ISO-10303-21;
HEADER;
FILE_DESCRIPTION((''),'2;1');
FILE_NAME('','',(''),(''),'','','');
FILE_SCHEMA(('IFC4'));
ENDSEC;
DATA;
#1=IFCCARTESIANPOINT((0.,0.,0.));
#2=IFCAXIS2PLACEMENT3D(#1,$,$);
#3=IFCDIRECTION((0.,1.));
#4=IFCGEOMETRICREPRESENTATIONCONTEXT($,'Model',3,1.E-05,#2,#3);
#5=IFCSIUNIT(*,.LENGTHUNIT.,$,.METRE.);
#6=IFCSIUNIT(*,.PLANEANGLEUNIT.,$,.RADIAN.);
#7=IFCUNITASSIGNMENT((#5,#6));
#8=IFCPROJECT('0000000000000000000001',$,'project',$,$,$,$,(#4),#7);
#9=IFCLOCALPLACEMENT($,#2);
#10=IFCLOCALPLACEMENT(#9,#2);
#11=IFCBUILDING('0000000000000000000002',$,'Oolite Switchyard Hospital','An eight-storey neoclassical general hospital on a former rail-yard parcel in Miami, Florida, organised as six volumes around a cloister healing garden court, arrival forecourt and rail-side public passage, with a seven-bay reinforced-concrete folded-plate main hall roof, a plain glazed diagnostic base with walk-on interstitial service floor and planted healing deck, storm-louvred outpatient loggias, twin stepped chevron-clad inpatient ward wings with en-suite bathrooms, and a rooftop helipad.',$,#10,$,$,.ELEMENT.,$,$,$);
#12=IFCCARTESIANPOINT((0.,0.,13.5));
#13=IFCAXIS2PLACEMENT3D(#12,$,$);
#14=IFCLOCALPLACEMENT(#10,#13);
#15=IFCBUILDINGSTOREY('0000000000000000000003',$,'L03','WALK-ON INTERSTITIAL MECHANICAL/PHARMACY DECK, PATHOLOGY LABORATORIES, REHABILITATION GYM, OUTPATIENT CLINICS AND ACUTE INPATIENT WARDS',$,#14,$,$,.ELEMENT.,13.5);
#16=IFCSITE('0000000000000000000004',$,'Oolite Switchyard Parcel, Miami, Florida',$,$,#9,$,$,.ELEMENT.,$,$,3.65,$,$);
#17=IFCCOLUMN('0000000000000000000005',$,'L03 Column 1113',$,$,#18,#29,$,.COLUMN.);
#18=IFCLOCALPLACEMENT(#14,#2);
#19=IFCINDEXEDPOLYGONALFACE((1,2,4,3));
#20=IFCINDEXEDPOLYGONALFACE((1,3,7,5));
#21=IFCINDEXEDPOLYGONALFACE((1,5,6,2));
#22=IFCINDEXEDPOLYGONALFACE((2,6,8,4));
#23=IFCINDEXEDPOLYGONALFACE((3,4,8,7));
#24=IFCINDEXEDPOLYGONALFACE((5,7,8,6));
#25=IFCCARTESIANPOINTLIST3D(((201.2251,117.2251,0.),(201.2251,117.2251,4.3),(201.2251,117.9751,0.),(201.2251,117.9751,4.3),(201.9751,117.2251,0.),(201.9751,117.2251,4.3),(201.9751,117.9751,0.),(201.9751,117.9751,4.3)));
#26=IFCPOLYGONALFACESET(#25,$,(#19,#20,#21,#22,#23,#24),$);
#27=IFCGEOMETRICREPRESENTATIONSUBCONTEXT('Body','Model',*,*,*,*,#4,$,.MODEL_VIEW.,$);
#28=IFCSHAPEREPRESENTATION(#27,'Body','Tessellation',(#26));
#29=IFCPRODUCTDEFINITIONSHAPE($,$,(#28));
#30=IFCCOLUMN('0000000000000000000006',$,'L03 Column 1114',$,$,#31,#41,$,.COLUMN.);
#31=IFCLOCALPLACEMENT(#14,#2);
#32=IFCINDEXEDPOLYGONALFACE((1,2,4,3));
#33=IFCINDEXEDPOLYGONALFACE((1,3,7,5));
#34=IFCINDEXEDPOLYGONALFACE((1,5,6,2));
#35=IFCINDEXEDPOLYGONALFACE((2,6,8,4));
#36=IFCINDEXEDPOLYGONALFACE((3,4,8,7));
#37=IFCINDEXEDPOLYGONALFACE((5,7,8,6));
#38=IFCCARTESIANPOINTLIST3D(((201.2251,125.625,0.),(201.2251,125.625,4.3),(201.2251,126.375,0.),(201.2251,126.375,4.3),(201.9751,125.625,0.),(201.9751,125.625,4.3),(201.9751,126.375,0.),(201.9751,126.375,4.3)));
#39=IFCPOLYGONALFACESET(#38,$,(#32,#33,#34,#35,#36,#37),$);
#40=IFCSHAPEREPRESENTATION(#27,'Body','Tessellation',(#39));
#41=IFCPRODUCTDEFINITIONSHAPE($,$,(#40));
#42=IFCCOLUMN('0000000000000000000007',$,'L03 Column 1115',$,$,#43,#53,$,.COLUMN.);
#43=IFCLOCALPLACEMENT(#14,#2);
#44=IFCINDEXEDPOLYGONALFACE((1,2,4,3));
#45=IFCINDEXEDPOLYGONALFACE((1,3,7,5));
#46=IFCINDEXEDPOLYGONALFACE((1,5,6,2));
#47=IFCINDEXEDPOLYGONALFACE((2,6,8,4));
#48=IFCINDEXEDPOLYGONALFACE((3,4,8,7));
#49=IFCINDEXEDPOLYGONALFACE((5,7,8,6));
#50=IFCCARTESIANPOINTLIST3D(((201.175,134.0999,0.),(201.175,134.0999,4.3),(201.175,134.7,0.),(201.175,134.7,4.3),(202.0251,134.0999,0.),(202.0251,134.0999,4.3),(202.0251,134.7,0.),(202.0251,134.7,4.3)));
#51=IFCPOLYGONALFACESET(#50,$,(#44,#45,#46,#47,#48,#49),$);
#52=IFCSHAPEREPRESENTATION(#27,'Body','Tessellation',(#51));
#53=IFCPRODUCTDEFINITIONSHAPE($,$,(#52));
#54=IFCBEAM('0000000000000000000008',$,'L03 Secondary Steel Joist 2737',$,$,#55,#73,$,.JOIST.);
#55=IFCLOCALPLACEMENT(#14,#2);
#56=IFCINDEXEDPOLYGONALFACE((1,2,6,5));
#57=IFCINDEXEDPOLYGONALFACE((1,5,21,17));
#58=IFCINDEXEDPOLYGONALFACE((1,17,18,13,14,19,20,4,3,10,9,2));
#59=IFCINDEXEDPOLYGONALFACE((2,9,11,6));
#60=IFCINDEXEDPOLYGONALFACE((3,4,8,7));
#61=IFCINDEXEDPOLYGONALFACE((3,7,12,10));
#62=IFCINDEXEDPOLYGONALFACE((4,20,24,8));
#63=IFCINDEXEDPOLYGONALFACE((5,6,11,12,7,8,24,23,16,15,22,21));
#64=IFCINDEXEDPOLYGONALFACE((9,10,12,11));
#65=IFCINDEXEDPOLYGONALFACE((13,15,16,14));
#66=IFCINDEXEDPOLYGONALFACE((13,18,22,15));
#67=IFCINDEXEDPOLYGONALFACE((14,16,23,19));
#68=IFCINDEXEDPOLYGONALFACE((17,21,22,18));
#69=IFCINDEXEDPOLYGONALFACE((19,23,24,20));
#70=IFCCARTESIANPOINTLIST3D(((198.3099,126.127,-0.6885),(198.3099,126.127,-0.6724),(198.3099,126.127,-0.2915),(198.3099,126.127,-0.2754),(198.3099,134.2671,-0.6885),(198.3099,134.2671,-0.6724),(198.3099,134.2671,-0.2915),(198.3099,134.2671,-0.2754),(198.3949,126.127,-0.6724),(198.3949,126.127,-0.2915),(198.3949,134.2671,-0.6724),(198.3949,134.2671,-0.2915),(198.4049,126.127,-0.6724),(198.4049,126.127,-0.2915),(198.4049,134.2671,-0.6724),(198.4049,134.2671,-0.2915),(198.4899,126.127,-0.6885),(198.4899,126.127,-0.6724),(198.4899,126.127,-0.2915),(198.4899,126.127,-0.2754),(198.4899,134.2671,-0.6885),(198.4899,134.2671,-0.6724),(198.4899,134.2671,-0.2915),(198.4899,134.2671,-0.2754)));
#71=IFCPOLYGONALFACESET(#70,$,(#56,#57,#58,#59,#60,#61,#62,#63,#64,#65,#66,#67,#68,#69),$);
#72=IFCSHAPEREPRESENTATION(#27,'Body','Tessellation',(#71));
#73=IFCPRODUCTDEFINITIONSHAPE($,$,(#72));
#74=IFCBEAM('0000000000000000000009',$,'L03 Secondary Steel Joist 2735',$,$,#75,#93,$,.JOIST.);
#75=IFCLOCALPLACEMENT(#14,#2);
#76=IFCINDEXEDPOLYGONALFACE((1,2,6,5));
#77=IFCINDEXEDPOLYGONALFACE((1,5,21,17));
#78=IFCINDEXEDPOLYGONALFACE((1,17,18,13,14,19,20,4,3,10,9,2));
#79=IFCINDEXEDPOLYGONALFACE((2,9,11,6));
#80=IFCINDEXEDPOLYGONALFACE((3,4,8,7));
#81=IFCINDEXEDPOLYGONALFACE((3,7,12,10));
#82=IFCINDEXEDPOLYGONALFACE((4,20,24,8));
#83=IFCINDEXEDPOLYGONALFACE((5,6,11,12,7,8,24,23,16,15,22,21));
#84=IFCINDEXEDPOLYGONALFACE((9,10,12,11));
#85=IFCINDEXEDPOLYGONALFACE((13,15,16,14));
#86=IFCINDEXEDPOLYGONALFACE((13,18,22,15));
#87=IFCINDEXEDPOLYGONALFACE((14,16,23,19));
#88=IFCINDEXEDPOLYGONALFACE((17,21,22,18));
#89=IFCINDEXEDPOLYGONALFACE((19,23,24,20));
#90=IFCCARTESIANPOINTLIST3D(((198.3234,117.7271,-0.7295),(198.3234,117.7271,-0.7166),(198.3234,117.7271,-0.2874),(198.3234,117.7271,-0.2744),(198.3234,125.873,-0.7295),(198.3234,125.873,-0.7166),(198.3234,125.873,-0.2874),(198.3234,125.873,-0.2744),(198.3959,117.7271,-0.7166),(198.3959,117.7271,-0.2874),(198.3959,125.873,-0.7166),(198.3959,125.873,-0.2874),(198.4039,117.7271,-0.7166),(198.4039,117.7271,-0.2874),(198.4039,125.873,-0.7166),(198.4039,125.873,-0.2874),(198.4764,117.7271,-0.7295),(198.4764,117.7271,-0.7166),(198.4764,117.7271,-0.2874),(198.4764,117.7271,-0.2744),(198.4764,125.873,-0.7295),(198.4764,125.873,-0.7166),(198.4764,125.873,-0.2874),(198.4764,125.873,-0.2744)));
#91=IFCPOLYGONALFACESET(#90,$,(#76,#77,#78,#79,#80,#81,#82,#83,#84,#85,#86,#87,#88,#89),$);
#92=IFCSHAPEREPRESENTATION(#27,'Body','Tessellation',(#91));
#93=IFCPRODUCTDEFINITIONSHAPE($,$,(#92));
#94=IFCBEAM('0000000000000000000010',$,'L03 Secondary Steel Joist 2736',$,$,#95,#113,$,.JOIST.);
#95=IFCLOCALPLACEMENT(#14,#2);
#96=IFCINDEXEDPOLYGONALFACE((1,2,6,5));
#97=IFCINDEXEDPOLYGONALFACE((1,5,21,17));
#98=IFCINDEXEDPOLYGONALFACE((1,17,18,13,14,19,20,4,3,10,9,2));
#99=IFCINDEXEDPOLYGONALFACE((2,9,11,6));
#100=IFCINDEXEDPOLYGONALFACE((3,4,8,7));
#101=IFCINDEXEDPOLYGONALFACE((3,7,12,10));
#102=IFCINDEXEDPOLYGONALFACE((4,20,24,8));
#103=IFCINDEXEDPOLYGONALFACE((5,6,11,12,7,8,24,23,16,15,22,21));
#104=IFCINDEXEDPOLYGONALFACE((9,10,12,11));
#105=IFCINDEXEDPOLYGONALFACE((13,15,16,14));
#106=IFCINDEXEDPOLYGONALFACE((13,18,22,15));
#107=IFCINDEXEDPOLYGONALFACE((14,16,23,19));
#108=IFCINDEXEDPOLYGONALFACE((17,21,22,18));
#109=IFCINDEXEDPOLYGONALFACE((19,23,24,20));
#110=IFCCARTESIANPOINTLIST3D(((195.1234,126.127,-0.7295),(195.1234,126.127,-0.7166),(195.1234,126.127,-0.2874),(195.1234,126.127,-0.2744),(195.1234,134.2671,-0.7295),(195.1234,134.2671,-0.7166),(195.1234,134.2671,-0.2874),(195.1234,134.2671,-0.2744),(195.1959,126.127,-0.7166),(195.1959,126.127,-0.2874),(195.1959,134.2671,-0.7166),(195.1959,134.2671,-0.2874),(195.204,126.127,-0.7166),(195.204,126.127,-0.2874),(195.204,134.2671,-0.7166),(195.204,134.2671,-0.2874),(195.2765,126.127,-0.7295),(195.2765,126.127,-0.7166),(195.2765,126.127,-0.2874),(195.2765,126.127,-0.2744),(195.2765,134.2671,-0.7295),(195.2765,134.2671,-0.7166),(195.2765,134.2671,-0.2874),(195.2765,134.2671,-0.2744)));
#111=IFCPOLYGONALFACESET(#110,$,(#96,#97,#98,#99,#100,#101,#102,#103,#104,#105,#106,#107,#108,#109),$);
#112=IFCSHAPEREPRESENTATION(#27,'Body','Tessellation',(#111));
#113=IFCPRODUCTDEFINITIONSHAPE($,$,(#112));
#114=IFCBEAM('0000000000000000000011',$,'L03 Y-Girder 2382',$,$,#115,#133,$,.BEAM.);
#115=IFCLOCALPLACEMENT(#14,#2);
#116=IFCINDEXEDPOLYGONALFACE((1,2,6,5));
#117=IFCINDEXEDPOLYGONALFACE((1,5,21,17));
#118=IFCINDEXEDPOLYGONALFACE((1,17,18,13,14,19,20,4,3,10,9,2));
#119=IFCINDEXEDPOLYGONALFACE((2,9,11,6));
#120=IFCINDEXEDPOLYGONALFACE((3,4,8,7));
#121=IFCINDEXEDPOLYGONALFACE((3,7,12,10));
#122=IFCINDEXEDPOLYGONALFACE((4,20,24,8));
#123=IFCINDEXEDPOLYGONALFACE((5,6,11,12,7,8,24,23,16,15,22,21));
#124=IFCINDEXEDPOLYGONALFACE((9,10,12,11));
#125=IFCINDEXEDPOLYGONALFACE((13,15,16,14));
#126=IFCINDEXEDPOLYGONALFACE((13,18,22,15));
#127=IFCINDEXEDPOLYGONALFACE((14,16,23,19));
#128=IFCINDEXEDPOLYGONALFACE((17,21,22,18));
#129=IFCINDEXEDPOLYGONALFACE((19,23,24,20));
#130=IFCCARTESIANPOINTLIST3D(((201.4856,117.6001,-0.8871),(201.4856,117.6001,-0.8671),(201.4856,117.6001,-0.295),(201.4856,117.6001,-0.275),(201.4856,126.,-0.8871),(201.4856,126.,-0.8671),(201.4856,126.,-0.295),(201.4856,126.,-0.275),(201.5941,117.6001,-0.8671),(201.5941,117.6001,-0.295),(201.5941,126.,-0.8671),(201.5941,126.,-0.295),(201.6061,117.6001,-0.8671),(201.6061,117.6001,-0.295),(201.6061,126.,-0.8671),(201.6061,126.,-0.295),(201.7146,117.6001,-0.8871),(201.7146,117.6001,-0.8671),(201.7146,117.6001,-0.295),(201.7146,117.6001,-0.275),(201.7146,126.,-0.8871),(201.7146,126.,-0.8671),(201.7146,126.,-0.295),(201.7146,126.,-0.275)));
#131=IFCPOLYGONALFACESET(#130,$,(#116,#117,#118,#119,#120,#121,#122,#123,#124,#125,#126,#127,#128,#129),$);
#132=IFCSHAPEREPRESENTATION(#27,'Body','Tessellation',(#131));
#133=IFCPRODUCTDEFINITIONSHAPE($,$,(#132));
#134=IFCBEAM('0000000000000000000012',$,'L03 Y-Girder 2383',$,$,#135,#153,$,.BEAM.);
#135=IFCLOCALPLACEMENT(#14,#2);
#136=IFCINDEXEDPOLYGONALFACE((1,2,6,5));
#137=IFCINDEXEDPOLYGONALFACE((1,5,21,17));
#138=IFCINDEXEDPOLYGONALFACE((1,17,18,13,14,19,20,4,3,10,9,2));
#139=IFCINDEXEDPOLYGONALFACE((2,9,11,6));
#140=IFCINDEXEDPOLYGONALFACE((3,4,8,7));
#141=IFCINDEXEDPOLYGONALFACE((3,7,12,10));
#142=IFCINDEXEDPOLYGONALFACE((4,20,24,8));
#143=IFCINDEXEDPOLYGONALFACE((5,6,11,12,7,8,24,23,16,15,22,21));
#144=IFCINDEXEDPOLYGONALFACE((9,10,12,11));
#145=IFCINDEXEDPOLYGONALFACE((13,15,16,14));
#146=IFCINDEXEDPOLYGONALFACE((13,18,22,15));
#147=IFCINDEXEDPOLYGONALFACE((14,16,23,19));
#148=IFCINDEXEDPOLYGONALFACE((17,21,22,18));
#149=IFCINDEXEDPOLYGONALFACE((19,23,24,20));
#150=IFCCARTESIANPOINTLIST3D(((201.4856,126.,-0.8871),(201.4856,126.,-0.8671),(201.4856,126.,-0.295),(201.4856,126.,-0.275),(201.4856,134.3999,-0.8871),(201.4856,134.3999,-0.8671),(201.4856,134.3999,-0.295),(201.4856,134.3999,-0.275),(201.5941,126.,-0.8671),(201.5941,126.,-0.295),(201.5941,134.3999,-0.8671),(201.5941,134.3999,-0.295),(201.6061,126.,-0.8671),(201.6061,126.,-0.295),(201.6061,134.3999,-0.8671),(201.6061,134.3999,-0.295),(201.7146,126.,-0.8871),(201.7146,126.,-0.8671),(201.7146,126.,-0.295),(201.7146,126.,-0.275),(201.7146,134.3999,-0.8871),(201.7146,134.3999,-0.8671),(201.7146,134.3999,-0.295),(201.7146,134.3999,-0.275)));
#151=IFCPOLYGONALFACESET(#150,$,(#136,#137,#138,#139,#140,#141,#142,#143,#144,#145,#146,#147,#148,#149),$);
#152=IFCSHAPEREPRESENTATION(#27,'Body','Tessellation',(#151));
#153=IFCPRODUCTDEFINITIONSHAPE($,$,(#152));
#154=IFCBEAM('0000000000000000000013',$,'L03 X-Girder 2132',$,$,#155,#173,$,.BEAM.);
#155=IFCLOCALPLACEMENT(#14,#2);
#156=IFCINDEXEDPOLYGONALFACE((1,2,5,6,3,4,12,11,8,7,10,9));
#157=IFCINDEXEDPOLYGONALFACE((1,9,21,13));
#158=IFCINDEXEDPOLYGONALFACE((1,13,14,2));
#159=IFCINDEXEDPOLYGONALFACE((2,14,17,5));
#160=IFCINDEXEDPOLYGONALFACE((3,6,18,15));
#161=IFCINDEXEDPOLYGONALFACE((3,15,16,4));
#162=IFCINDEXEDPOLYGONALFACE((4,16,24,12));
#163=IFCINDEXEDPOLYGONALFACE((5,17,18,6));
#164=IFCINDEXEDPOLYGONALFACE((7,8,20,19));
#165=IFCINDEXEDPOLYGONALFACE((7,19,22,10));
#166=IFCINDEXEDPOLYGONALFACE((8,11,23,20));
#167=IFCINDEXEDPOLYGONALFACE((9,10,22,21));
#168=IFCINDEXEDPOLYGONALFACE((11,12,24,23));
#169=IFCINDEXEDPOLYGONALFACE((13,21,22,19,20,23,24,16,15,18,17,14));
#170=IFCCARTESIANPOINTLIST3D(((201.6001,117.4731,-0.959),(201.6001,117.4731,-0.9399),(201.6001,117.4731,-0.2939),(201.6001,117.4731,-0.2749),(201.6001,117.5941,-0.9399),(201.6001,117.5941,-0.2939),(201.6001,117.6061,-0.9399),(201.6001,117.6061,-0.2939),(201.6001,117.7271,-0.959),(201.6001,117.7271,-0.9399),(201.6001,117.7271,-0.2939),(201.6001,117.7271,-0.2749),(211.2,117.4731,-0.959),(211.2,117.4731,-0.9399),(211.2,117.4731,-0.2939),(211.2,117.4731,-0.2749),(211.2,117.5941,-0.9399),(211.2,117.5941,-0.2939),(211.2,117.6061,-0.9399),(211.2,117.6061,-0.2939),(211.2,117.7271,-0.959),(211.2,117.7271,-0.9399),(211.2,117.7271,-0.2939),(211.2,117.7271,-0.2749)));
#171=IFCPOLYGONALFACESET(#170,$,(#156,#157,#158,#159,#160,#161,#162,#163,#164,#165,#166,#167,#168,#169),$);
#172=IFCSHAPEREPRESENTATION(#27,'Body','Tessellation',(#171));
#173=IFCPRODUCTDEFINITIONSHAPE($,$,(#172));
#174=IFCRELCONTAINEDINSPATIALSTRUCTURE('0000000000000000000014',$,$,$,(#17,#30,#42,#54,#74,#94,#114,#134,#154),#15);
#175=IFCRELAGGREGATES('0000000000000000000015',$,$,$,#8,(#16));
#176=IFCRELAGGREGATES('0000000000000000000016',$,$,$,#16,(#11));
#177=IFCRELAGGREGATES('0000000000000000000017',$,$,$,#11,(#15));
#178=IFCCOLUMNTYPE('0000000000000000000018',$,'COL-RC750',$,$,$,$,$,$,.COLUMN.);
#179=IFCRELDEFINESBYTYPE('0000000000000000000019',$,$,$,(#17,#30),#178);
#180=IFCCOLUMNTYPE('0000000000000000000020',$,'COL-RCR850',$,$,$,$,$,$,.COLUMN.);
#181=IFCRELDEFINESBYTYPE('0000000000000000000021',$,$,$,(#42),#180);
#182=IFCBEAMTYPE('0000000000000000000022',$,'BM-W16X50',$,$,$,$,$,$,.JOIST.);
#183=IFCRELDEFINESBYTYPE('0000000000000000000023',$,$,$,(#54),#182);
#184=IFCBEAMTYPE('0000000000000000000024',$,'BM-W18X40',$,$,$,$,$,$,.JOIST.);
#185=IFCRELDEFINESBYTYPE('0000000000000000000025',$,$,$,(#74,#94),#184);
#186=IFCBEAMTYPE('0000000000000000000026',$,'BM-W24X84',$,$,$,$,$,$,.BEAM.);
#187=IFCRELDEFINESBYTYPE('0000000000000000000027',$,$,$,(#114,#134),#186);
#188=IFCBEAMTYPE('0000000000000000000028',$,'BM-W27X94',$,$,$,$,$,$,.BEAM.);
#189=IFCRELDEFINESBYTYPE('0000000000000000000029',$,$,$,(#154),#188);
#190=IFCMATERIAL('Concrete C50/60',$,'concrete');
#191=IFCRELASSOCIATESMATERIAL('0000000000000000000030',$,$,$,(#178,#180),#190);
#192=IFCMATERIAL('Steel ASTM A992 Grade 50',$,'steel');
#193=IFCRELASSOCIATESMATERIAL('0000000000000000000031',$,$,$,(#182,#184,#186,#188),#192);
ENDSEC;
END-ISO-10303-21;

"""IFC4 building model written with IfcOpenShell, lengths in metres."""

from ifc_helpers import new_model, si_unit, direction, frame, origin, origin_2d, place, context, subcontext, project, spatial, rectangle, i_section, extrude, material, material_profile, profile_set, type_object, element, save


model = new_model("IFC4")

# Units and contexts
model_context = context("Model", 3, precision=1e-05, world=origin(), true_north=direction((0.0, 1.0)))
body_context = subcontext(model_context, "Body", "Model", "MODEL_VIEW")
ifc_project = project(units=[si_unit("LENGTHUNIT", "METRE"), si_unit("PLANEANGLEUNIT", "RADIAN")], contexts=[model_context])

# Site, building, storey
site_placement = place(None, origin())
site = spatial("IfcSite", under=ifc_project, at=site_placement, Name="Oolite Switchyard Parcel, Miami, Florida", CompositionType="ELEMENT", RefElevation=3.65)
building_placement = place(site_placement, origin())
building = spatial("IfcBuilding", under=site, at=building_placement, Name="Oolite Switchyard Hospital", Description="An eight-storey neoclassical general hospital on a former rail-yard parcel in Miami, Florida, organised as six volumes around a cloister healing garden court, arrival forecourt and rail-side public passage, with a seven-bay reinforced-concrete folded-plate main hall roof, a plain glazed diagnostic base with walk-on interstitial service floor and planted healing deck, storm-louvred outpatient loggias, twin stepped chevron-clad inpatient ward wings with en-suite bathrooms, and a rooftop helipad.", CompositionType="ELEMENT")
storey_placement = place(building_placement, frame((0.0, 0.0, 13.5)))
storey = spatial("IfcBuildingStorey", under=building, at=storey_placement, Name="L03", Description="WALK-ON INTERSTITIAL MECHANICAL/PHARMACY DECK, PATHOLOGY LABORATORIES, REHABILITATION GYM, OUTPATIENT CLINICS AND ACUTE INPATIENT WARDS", CompositionType="ELEMENT", Elevation=13.5)

# Columns
ifc_material_1 = material(Name="Concrete C50/60", Category="concrete")
ifc_material_profile_1 = material_profile(ifc_material_1, rectangle(XDim=0.75, YDim=0.75, at=origin_2d()), Name="RC750X750")
ifc_profile_set_1 = profile_set([ifc_material_profile_1], Name="Concrete C50/60")
column_type_1 = type_object("IfcColumnType", Name="COL-RC750", PredefinedType="COLUMN", material=ifc_profile_set_1)
for number, where, z_axis, x_axis, name in (
    (1, (201.6001, 117.6001, 0.0), (0.0, 0.0, 1.0), (1.0, 0.0, 0.0), "L03 Column 1113"),
    (2, (201.6001, 126.0, 0.0), (0.0, 0.0, 1.0), (1.0, 0.0, 0.0), "L03 Column 1114"),
):
    element("IfcColumn", number, at=place(storey_placement, frame(where, z_axis=z_axis, x_axis=x_axis)), inside=storey, type_object=column_type_1, Name=name, PredefinedType="COLUMN", context=body_context, shape_type="SweptSolid", body=[
        extrude(rectangle(XDim=0.75, YDim=0.75, at=origin_2d()), origin(), (0.0, 0.0, 1.0), 4.3),
    ])
ifc_material_profile_2 = material_profile(ifc_material_1, rectangle(XDim=0.8501, YDim=0.6001, at=origin_2d()), Name="RC850X600")
ifc_profile_set_2 = profile_set([ifc_material_profile_2], Name="Concrete C50/60")
column_type_2 = type_object("IfcColumnType", Name="COL-RCR850", PredefinedType="COLUMN", material=ifc_profile_set_2)
column_placement = place(storey_placement, frame((201.6001, 134.3999, 0.0), z_axis=(0.0, 0.0, 1.0), x_axis=(1.0, 0.0, 0.0)))
element("IfcColumn", 3, at=column_placement, inside=storey, type_object=column_type_2, Name="L03 Column 1115", PredefinedType="COLUMN", context=body_context, shape_type="SweptSolid", body=[
    extrude(rectangle(XDim=0.8501, YDim=0.6001, at=origin_2d()), origin(), (0.0, 0.0, 1.0), 4.3),
])

# Beams
ifc_material_2 = material(Name="Steel ASTM A992 Grade 50", Category="steel")
ifc_material_profile_3 = material_profile(ifc_material_2, i_section(OverallWidth=0.1799, OverallDepth=0.4131, WebThickness=0.01, FlangeThickness=0.0161, at=origin_2d()), Name="W16X50")
ifc_profile_set_3 = profile_set([ifc_material_profile_3], Name="Steel ASTM A992 Grade 50")
beam_type_1 = type_object("IfcBeamType", Name="BM-W16X50", PredefinedType="JOIST", material=ifc_profile_set_3)
beam_1_placement = place(storey_placement, frame((198.3999, 126.127, -0.4819), z_axis=(0.0, 1.0, 0.0), x_axis=(-1.0, 0.0, 0.0)))
element("IfcBeam", 4, at=beam_1_placement, inside=storey, type_object=beam_type_1, Name="L03 Secondary Steel Joist 2737", PredefinedType="JOIST", context=body_context, shape_type="SweptSolid", body=[
    extrude(i_section(OverallWidth=0.1799, OverallDepth=0.4131, WebThickness=0.01, FlangeThickness=0.0161, at=origin_2d()), origin(), (0.0, 0.0, 1.0), 8.1401),
])
ifc_material_profile_4 = material_profile(ifc_material_2, i_section(OverallWidth=0.1531, OverallDepth=0.4551, WebThickness=0.0081, FlangeThickness=0.0129, at=origin_2d()), Name="W18X40")
ifc_profile_set_4 = profile_set([ifc_material_profile_4], Name="Steel ASTM A992 Grade 50")
beam_type_2 = type_object("IfcBeamType", Name="BM-W18X40", PredefinedType="JOIST", material=ifc_profile_set_4)
beam_2_placement = place(storey_placement, frame((198.3999, 117.7271, -0.502), z_axis=(0.0, 1.0, 0.0), x_axis=(-1.0, 0.0, 0.0)))
element("IfcBeam", 5, at=beam_2_placement, inside=storey, type_object=beam_type_2, Name="L03 Secondary Steel Joist 2735", PredefinedType="JOIST", context=body_context, shape_type="SweptSolid", body=[
    extrude(i_section(OverallWidth=0.1531, OverallDepth=0.4551, WebThickness=0.0081, FlangeThickness=0.0129, at=origin_2d()), origin(), (0.0, 0.0, 1.0), 8.146),
])
beam_3_placement = place(storey_placement, frame((195.2, 126.127, -0.502), z_axis=(0.0, 1.0, 0.0), x_axis=(-1.0, 0.0, 0.0)))
element("IfcBeam", 6, at=beam_3_placement, inside=storey, type_object=beam_type_2, Name="L03 Secondary Steel Joist 2736", PredefinedType="JOIST", context=body_context, shape_type="SweptSolid", body=[
    extrude(i_section(OverallWidth=0.1531, OverallDepth=0.4551, WebThickness=0.0081, FlangeThickness=0.0129, at=origin_2d()), origin(), (0.0, 0.0, 1.0), 8.1401),
])
ifc_material_profile_5 = material_profile(ifc_material_2, i_section(OverallWidth=0.229, OverallDepth=0.6121, WebThickness=0.012, FlangeThickness=0.02, at=origin_2d()), Name="W24X84")
ifc_profile_set_5 = profile_set([ifc_material_profile_5], Name="Steel ASTM A992 Grade 50")
beam_type_3 = type_object("IfcBeamType", Name="BM-W24X84", PredefinedType="BEAM", material=ifc_profile_set_5)
for number, where, z_axis, x_axis, name in (
    (7, (201.6001, 117.6001, -0.5811), (0.0, 1.0, 0.0), (-1.0, 0.0, 0.0), "L03 Y-Girder 2382"),
    (8, (201.6001, 126.0, -0.5811), (0.0, 1.0, 0.0), (-1.0, 0.0, 0.0), "L03 Y-Girder 2383"),
):
    element("IfcBeam", number, at=place(storey_placement, frame(where, z_axis=z_axis, x_axis=x_axis)), inside=storey, type_object=beam_type_3, Name=name, PredefinedType="BEAM", context=body_context, shape_type="SweptSolid", body=[
        extrude(i_section(OverallWidth=0.229, OverallDepth=0.6121, WebThickness=0.012, FlangeThickness=0.02, at=origin_2d()), origin(), (0.0, 0.0, 1.0), 8.3999),
    ])
ifc_material_profile_6 = material_profile(ifc_material_2, i_section(OverallWidth=0.2539, OverallDepth=0.6841, WebThickness=0.012, FlangeThickness=0.019, at=origin_2d()), Name="W27X94")
ifc_profile_set_6 = profile_set([ifc_material_profile_6], Name="Steel ASTM A992 Grade 50")
beam_type_4 = type_object("IfcBeamType", Name="BM-W27X94", PredefinedType="BEAM", material=ifc_profile_set_6)
for number, where, z_axis, x_axis, name in (
    (9, (201.6001, 117.6001, -0.6169), (1.0, 0.0, 0.0), (0.0, 1.0, 0.0), "L03 X-Girder 2132"),
):
    element("IfcBeam", number, at=place(storey_placement, frame(where, z_axis=z_axis, x_axis=x_axis)), inside=storey, type_object=beam_type_4, Name=name, PredefinedType="BEAM", context=body_context, shape_type="SweptSolid", body=[
        extrude(i_section(OverallWidth=0.2539, OverallDepth=0.6841, WebThickness=0.012, FlangeThickness=0.019, at=origin_2d()), origin(), (0.0, 0.0, 1.0), 9.5999),
    ])

save(model, "model.ifc")
